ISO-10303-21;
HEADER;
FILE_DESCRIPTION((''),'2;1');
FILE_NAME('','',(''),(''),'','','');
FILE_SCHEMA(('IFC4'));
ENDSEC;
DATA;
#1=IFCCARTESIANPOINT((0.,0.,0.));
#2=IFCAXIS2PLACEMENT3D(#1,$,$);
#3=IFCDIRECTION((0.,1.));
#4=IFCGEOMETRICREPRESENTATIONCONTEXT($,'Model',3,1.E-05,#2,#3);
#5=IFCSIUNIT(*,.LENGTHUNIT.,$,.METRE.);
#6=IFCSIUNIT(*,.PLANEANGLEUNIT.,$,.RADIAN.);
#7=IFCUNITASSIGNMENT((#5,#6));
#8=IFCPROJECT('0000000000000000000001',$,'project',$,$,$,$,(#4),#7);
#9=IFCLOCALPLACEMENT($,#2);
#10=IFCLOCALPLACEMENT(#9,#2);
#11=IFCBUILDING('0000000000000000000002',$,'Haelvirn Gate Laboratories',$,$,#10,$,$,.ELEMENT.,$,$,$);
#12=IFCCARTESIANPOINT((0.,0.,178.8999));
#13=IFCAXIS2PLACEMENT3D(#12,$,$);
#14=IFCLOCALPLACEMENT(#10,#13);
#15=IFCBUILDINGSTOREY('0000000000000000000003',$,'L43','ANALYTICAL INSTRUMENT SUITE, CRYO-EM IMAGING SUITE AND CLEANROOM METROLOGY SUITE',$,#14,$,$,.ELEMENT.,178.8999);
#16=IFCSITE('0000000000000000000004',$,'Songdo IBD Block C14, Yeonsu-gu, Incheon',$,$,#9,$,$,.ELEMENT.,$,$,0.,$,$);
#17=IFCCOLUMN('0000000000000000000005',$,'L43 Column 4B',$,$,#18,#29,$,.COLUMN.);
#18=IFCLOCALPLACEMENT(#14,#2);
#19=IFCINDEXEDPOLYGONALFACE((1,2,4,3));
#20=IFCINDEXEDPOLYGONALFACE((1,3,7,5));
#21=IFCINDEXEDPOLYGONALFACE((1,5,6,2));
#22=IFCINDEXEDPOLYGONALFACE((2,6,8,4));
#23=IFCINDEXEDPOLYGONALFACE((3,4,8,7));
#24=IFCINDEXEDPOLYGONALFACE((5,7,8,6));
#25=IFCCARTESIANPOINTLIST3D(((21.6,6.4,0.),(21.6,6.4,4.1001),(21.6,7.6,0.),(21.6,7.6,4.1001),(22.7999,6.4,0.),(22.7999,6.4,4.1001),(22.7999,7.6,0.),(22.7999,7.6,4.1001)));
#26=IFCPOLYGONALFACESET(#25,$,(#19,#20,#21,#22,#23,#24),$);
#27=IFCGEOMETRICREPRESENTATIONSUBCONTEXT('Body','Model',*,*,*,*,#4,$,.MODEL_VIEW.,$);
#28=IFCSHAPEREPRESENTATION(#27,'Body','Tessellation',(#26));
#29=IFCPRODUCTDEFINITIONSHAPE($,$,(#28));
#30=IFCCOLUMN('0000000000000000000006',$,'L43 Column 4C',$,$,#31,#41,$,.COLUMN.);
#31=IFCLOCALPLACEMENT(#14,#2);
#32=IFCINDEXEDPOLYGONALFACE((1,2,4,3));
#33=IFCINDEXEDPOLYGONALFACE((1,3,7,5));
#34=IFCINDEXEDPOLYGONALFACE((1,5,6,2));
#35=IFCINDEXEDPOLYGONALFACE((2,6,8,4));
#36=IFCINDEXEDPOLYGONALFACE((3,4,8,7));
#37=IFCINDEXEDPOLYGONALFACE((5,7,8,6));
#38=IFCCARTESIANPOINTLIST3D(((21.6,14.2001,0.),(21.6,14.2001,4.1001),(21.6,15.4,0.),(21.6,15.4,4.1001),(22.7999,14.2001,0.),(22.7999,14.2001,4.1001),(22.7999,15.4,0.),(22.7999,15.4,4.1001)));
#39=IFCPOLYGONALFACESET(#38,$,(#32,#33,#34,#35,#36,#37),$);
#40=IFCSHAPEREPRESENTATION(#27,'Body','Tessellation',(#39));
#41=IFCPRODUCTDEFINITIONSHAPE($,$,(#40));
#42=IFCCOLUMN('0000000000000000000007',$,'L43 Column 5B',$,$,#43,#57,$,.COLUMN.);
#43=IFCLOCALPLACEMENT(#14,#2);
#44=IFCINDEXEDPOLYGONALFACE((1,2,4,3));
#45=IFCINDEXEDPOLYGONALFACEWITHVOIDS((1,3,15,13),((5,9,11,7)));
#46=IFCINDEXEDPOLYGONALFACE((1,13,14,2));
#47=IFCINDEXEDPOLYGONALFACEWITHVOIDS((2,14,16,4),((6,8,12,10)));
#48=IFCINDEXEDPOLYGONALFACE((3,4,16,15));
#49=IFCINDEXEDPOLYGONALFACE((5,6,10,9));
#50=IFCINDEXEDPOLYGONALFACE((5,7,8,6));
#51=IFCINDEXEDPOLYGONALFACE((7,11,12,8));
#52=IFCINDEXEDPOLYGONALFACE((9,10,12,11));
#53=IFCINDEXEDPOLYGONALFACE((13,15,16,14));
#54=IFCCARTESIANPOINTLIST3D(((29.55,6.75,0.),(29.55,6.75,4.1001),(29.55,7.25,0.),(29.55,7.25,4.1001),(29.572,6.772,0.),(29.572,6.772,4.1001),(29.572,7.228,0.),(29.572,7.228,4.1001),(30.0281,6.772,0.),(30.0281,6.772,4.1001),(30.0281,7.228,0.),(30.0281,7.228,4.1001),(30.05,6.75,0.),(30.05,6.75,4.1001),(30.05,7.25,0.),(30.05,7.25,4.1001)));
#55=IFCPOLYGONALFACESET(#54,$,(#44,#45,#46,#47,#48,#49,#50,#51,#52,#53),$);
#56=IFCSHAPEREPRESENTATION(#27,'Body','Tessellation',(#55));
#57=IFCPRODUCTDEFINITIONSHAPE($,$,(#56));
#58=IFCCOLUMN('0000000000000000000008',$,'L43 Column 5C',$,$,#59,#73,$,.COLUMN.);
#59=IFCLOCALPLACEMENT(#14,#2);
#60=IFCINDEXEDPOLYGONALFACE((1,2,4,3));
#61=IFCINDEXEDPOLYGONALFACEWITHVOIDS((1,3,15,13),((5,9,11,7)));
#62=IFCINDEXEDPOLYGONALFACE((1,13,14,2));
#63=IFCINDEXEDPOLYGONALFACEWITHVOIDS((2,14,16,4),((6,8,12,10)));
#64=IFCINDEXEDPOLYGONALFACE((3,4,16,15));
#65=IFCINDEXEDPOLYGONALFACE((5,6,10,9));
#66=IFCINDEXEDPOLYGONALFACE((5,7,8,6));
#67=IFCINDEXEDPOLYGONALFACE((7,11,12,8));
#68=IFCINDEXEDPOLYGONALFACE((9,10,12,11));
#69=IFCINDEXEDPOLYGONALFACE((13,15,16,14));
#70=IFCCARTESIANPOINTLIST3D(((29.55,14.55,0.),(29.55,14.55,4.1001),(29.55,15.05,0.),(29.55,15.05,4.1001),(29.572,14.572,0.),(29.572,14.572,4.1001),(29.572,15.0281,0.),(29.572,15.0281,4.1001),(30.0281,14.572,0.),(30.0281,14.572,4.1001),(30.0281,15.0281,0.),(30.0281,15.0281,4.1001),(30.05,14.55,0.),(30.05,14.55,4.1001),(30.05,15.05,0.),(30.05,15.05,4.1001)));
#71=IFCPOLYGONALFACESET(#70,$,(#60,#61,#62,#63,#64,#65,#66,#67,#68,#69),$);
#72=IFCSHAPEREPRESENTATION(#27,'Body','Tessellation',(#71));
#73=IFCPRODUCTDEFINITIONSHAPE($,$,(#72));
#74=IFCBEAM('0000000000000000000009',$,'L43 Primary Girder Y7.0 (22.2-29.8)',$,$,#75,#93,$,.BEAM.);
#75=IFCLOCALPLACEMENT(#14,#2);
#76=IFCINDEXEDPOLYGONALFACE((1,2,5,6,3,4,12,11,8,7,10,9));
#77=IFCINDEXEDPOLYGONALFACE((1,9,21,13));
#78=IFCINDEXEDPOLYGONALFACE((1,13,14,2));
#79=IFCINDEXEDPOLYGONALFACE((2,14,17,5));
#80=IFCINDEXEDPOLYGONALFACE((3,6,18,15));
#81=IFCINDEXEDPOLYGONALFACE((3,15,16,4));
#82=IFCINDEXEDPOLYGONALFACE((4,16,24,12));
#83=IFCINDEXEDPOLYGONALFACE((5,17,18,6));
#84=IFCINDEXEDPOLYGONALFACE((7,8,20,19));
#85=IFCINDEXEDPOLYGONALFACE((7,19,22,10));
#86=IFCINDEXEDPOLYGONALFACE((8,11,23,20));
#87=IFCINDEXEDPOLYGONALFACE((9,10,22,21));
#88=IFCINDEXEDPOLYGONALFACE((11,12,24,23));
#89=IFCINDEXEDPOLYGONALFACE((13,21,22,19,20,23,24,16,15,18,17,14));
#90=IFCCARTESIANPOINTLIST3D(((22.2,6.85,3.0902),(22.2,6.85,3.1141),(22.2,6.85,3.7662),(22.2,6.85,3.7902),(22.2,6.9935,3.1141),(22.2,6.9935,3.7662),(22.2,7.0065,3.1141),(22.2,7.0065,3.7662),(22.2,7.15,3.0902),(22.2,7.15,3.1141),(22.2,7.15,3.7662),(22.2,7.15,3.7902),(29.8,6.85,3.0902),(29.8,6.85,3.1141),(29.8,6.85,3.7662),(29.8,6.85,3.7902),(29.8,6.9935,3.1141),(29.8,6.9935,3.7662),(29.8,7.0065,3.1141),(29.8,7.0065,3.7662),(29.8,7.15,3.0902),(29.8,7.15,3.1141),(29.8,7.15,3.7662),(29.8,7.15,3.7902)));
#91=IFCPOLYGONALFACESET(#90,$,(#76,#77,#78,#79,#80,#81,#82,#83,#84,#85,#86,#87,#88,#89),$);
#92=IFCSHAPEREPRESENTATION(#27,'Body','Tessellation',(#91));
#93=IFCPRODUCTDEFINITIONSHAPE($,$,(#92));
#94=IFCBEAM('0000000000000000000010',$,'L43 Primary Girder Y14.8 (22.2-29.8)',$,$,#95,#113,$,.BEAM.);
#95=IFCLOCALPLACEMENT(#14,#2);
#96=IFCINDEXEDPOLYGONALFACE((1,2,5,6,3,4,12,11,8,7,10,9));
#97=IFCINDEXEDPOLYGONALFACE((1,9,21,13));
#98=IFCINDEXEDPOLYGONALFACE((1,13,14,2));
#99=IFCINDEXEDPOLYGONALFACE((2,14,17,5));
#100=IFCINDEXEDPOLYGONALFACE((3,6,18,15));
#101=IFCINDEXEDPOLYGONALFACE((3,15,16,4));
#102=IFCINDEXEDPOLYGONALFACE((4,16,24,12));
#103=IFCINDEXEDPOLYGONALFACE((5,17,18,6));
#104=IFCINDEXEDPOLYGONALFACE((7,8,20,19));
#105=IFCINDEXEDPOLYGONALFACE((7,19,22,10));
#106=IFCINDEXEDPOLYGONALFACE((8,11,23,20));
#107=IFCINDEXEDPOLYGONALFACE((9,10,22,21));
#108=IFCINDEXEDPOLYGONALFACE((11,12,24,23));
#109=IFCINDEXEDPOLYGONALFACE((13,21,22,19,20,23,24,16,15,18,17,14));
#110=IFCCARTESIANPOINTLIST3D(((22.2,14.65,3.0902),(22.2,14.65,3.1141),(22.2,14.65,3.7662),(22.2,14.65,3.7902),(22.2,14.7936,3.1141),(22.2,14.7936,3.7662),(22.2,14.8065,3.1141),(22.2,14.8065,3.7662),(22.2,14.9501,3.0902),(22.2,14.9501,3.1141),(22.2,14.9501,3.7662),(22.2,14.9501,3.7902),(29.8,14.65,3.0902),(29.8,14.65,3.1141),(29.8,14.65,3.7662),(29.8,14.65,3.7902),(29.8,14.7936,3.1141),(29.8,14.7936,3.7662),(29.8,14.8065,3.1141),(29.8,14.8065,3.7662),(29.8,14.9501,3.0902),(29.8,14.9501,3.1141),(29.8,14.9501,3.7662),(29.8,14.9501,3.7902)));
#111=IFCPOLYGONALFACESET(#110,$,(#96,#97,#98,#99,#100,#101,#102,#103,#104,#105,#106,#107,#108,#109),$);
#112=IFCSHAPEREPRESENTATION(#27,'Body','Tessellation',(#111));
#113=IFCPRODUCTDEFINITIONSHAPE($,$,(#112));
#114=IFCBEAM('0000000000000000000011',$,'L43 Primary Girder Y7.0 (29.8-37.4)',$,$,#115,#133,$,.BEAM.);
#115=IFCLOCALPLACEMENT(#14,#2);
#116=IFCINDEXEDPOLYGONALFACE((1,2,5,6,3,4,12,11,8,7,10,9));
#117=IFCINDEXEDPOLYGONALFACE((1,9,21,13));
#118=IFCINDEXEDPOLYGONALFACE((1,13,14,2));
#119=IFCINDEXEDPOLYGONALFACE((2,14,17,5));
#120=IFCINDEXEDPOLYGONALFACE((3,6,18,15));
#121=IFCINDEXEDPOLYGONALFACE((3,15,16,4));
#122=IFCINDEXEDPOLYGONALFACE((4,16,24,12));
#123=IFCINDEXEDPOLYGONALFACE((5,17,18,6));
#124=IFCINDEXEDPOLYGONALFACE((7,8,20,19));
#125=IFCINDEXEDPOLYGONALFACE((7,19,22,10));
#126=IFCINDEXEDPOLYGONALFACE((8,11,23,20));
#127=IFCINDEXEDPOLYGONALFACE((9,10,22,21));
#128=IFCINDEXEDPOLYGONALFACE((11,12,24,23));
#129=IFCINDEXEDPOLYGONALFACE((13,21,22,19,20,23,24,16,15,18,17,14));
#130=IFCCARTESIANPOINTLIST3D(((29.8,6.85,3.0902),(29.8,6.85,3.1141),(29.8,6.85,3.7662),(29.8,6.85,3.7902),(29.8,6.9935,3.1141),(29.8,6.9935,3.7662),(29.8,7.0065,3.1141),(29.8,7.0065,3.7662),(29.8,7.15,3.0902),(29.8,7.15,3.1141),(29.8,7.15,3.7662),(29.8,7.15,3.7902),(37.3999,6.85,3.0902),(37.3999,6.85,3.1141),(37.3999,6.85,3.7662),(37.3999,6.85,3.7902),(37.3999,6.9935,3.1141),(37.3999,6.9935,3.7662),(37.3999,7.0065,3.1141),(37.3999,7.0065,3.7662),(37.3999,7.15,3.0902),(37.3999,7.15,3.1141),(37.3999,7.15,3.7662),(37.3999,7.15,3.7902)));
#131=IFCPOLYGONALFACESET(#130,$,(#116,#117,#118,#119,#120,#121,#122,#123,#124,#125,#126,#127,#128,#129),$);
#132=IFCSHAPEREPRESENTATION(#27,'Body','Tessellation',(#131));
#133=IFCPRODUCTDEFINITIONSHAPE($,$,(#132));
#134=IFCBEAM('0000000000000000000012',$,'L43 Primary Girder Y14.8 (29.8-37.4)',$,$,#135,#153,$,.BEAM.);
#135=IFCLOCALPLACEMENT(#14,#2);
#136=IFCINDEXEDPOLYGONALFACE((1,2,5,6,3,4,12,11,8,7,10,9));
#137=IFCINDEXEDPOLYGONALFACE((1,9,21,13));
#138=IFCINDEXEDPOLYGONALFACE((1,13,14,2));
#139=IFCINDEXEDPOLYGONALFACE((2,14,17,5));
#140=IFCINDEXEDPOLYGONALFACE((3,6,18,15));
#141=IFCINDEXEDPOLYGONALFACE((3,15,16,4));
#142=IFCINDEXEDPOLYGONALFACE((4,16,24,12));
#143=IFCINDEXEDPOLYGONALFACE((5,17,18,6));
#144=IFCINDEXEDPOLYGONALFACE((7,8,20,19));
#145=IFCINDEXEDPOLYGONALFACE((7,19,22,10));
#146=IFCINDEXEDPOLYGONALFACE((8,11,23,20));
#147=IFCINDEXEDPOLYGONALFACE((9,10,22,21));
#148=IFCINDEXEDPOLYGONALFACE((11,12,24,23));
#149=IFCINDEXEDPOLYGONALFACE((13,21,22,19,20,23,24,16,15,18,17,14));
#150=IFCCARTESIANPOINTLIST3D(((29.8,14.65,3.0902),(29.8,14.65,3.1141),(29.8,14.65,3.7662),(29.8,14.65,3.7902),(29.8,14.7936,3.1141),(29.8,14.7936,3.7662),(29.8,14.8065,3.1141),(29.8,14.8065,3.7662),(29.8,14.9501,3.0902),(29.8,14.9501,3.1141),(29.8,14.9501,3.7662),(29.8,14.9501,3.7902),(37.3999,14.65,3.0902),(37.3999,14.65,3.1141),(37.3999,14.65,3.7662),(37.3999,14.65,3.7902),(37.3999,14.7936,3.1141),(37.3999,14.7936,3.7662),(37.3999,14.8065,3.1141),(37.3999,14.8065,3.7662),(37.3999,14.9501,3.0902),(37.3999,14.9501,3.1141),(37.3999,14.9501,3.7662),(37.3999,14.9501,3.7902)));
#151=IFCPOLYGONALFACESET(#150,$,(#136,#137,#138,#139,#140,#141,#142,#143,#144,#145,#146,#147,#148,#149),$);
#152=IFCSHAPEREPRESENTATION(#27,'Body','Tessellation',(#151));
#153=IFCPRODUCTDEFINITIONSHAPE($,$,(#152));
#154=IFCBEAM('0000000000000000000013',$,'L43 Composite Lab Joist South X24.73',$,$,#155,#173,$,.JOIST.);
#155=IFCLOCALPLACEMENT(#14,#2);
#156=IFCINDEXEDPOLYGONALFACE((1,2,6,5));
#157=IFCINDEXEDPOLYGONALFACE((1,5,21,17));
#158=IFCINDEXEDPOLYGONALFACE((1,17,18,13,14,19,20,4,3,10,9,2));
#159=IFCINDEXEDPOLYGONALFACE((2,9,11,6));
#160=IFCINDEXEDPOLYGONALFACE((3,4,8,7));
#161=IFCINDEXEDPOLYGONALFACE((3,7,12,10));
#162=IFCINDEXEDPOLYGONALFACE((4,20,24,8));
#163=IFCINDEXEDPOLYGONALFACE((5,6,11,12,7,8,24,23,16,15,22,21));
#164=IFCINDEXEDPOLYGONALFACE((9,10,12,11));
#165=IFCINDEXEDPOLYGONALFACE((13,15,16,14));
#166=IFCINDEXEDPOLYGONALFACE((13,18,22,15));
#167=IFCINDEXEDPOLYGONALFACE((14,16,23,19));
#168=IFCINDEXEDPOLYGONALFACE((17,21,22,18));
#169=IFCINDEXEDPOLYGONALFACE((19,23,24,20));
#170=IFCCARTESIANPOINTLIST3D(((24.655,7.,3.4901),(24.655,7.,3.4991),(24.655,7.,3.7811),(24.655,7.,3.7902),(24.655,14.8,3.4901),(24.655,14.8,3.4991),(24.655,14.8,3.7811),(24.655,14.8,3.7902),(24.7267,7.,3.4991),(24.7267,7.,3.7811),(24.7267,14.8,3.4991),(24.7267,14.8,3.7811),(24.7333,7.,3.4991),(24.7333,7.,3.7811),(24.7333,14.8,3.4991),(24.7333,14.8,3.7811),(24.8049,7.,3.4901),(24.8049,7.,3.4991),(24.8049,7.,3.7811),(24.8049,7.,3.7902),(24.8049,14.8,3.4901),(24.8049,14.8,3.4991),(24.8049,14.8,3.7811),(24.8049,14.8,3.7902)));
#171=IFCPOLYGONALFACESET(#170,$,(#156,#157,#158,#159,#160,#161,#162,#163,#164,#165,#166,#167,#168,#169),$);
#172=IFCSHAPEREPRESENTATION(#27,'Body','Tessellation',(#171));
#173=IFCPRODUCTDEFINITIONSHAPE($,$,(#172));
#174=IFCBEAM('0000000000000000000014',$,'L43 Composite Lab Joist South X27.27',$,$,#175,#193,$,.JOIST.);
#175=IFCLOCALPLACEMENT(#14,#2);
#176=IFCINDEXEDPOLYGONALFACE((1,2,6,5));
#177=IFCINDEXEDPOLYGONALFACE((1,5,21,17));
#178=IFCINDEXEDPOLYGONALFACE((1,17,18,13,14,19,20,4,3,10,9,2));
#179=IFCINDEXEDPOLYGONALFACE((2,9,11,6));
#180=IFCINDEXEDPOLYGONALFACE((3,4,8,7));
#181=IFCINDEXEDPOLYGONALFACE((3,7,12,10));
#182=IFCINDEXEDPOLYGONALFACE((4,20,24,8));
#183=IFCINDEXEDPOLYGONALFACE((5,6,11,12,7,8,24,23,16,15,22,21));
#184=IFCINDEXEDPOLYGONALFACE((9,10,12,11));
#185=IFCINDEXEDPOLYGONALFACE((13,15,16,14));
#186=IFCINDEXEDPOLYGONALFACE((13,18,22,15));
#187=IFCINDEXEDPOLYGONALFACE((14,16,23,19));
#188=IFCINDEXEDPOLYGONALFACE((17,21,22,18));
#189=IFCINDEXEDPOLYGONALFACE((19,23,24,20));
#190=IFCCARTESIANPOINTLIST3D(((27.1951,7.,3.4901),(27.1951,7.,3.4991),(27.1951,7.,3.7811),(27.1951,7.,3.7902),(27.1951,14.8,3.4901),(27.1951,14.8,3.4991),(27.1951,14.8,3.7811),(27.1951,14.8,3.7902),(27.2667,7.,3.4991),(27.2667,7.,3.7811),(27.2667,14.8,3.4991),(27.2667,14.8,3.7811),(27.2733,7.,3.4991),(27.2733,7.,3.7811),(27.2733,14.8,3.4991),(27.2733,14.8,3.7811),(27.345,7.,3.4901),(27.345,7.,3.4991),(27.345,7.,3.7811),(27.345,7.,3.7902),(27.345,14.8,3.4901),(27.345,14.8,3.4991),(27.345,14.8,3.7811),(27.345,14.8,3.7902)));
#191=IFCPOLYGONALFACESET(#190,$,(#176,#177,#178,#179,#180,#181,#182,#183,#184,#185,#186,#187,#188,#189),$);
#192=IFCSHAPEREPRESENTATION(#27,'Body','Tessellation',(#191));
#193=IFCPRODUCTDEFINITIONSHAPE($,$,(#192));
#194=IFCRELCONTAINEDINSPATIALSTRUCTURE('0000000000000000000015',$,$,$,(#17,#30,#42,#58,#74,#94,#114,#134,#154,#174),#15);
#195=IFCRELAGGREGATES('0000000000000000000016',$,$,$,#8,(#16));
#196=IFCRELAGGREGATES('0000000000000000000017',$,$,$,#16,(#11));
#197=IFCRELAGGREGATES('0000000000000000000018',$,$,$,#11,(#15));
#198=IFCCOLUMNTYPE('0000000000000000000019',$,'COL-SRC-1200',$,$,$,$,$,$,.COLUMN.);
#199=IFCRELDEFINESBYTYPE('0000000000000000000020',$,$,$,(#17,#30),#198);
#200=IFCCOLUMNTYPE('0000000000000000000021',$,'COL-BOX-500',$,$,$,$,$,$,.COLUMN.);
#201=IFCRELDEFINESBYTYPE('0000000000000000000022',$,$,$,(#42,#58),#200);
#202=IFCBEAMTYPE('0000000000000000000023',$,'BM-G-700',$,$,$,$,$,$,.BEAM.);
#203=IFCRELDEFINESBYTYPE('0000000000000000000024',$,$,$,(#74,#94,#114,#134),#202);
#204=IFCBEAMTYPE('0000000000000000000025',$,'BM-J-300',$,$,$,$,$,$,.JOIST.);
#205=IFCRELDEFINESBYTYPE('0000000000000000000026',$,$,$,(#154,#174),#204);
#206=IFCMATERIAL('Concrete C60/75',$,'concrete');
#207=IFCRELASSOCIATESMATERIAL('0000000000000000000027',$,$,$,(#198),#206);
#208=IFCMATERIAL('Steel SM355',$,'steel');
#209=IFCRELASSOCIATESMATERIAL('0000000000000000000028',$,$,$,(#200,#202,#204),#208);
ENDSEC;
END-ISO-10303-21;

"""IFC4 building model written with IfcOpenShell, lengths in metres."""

from ifc_helpers import new_model, si_unit, direction, frame, origin, origin_2d, place, context, subcontext, project, spatial, rectangle, hollow_rectangle, i_section, extrude, source, transform, mapped, material, material_profile, profile_set, type_object, type_shapes, element, save


model = new_model("IFC4")

# Units and contexts
model_context = context("Model", 3, precision=1e-05, world=origin(), true_north=direction((0.0, 1.0)))
body_context = subcontext(model_context, "Body", "Model", "MODEL_VIEW")
ifc_project = project(units=[si_unit("LENGTHUNIT", "METRE"), si_unit("PLANEANGLEUNIT", "RADIAN")], contexts=[model_context])

# Site, building, storey
site_placement = place(None, origin())
site = spatial("IfcSite", under=ifc_project, at=site_placement, Name="Songdo IBD Block C14, Yeonsu-gu, Incheon", CompositionType="ELEMENT", RefElevation=0.0)
building_placement = place(site_placement, origin())
building = spatial("IfcBuilding", under=site, at=building_placement, Name="Haelvirn Gate Laboratories", CompositionType="ELEMENT")
storey_placement = place(building_placement, frame((0.0, 0.0, 178.8999)))
storey = spatial("IfcBuildingStorey", under=building, at=storey_placement, Name="L43", Description="ANALYTICAL INSTRUMENT SUITE, CRYO-EM IMAGING SUITE AND CLEANROOM METROLOGY SUITE", CompositionType="ELEMENT", Elevation=178.8999)

# Columns
ifc_material_1 = material(Name="Concrete C60/75", Category="concrete")
ifc_material_profile_1 = material_profile(ifc_material_1, rectangle(XDim=1.2, YDim=1.2, at=origin_2d()), Name="SRC-1200x1200")
ifc_profile_set_1 = profile_set([ifc_material_profile_1], Name="Concrete C60/75")
column_type_1 = type_object("IfcColumnType", Name="COL-SRC-1200", PredefinedType="COLUMN", material=ifc_profile_set_1)
shared_shape_1 = source(origin(), body_context, "Body", "SweptSolid", [
    extrude(rectangle(XDim=1.2, YDim=1.2, at=origin_2d()), origin(), (0.0, 0.0, 1.0), 4.1001),
])
type_shapes(column_type_1, [shared_shape_1])
for number, where, z_axis, x_axis, name in (
    (1, (22.2, 7.0, 0.0), (0.0, 0.0, 1.0), (1.0, 0.0, 0.0), "L43 Column 4B"),
    (2, (22.2, 14.8, 0.0), (0.0, 0.0, 1.0), (1.0, 0.0, 0.0), "L43 Column 4C"),
):
    element("IfcColumn", number, at=place(storey_placement, frame(where, z_axis=z_axis, x_axis=x_axis)), inside=storey, type_object=column_type_1, Name=name, PredefinedType="COLUMN", context=body_context, shape_type="MappedRepresentation", body=[
        mapped(shared_shape_1, transform((0.0, 0.0, 0.0), scale=1.0)),
    ])
ifc_material_2 = material(Name="Steel SM355", Category="steel")
ifc_material_profile_2 = material_profile(ifc_material_2, hollow_rectangle(XDim=0.5, YDim=0.5, WallThickness=0.022, at=origin_2d()), Name="BOX-500x500x22")
ifc_profile_set_2 = profile_set([ifc_material_profile_2], Name="Steel SM355")
column_type_2 = type_object("IfcColumnType", Name="COL-BOX-500", PredefinedType="COLUMN", material=ifc_profile_set_2)
shared_shape_2 = source(origin(), body_context, "Body", "SweptSolid", [
    extrude(hollow_rectangle(XDim=0.5, YDim=0.5, WallThickness=0.022, at=origin_2d()), origin(), (0.0, 0.0, 1.0), 4.1001),
])
type_shapes(column_type_2, [shared_shape_2])
for number, where, z_axis, x_axis, name in (
    (3, (29.8, 7.0, 0.0), (0.0, 0.0, 1.0), (1.0, 0.0, 0.0), "L43 Column 5B"),
    (4, (29.8, 14.8, 0.0), (0.0, 0.0, 1.0), (1.0, 0.0, 0.0), "L43 Column 5C"),
):
    element("IfcColumn", number, at=place(storey_placement, frame(where, z_axis=z_axis, x_axis=x_axis)), inside=storey, type_object=column_type_2, Name=name, PredefinedType="COLUMN", context=body_context, shape_type="MappedRepresentation", body=[
        mapped(shared_shape_2, transform((0.0, 0.0, 0.0), scale=1.0)),
    ])

# Beams
ifc_material_profile_3 = material_profile(ifc_material_2, i_section(OverallWidth=0.3, OverallDepth=0.7, WebThickness=0.0129, FlangeThickness=0.0239, at=origin_2d()), Name="H-700x300x13x24")
ifc_profile_set_3 = profile_set([ifc_material_profile_3], Name="Steel SM355")
beam_type_1 = type_object("IfcBeamType", Name="BM-G-700", PredefinedType="BEAM", material=ifc_profile_set_3)
shared_shape_3 = source(origin(), body_context, "Body", "SweptSolid", [
    extrude(i_section(OverallWidth=0.3, OverallDepth=0.7, WebThickness=0.0129, FlangeThickness=0.0239, at=origin_2d()), origin(), (0.0, 0.0, 1.0), 7.6001),
])
for number, where, z_axis, x_axis, name in (
    (5, (22.2, 7.0, 3.4402), (1.0, 0.0, 0.0), (0.0, 1.0, 0.0), "L43 Primary Girder Y7.0 (22.2-29.8)"),
    (6, (22.2, 14.8, 3.4402), (1.0, 0.0, 0.0), (0.0, 1.0, 0.0), "L43 Primary Girder Y14.8 (22.2-29.8)"),
):
    element("IfcBeam", number, at=place(storey_placement, frame(where, z_axis=z_axis, x_axis=x_axis)), inside=storey, type_object=beam_type_1, Name=name, PredefinedType="BEAM", context=body_context, shape_type="MappedRepresentation", body=[
        mapped(shared_shape_3, transform((0.0, 0.0, 0.0), scale=1.0)),
    ])
shared_shape_4 = source(origin(), body_context, "Body", "SweptSolid", [
    extrude(i_section(OverallWidth=0.3, OverallDepth=0.7, WebThickness=0.0129, FlangeThickness=0.0239, at=origin_2d()), origin(), (0.0, 0.0, 1.0), 7.5999),
])
type_shapes(beam_type_1, [shared_shape_3, shared_shape_4])
for number, where, z_axis, x_axis, name in (
    (7, (29.8, 7.0, 3.4402), (1.0, 0.0, 0.0), (0.0, 1.0, 0.0), "L43 Primary Girder Y7.0 (29.8-37.4)"),
    (8, (29.8, 14.8, 3.4402), (1.0, 0.0, 0.0), (0.0, 1.0, 0.0), "L43 Primary Girder Y14.8 (29.8-37.4)"),
):
    element("IfcBeam", number, at=place(storey_placement, frame(where, z_axis=z_axis, x_axis=x_axis)), inside=storey, type_object=beam_type_1, Name=name, PredefinedType="BEAM", context=body_context, shape_type="MappedRepresentation", body=[
        mapped(shared_shape_4, transform((0.0, 0.0, 0.0), scale=1.0)),
    ])
ifc_material_profile_4 = material_profile(ifc_material_2, i_section(OverallWidth=0.1499, OverallDepth=0.3, WebThickness=0.0066, FlangeThickness=0.009, at=origin_2d()), Name="H-300x150x6.5x9")
ifc_profile_set_4 = profile_set([ifc_material_profile_4], Name="Steel SM355")
beam_type_2 = type_object("IfcBeamType", Name="BM-J-300", PredefinedType="JOIST", material=ifc_profile_set_4)
shared_shape_5 = source(origin(), body_context, "Body", "SweptSolid", [
    extrude(i_section(OverallWidth=0.1499, OverallDepth=0.3, WebThickness=0.0066, FlangeThickness=0.009, at=origin_2d()), origin(), (0.0, 0.0, 1.0), 7.8),
])
type_shapes(beam_type_2, [shared_shape_5])
for number, where, z_axis, x_axis, name in (
    (9, (24.73, 7.0, 3.6401), (0.0, 1.0, 0.0), (-1.0, 0.0, 0.0), "L43 Composite Lab Joist South X24.73"),
    (10, (27.27, 7.0, 3.6401), (0.0, 1.0, 0.0), (-1.0, 0.0, 0.0), "L43 Composite Lab Joist South X27.27"),
):
    element("IfcBeam", number, at=place(storey_placement, frame(where, z_axis=z_axis, x_axis=x_axis)), inside=storey, type_object=beam_type_2, Name=name, PredefinedType="JOIST", context=body_context, shape_type="MappedRepresentation", body=[
        mapped(shared_shape_5, transform((0.0, 0.0, 0.0), scale=1.0)),
    ])

save(model, "model.ifc")
